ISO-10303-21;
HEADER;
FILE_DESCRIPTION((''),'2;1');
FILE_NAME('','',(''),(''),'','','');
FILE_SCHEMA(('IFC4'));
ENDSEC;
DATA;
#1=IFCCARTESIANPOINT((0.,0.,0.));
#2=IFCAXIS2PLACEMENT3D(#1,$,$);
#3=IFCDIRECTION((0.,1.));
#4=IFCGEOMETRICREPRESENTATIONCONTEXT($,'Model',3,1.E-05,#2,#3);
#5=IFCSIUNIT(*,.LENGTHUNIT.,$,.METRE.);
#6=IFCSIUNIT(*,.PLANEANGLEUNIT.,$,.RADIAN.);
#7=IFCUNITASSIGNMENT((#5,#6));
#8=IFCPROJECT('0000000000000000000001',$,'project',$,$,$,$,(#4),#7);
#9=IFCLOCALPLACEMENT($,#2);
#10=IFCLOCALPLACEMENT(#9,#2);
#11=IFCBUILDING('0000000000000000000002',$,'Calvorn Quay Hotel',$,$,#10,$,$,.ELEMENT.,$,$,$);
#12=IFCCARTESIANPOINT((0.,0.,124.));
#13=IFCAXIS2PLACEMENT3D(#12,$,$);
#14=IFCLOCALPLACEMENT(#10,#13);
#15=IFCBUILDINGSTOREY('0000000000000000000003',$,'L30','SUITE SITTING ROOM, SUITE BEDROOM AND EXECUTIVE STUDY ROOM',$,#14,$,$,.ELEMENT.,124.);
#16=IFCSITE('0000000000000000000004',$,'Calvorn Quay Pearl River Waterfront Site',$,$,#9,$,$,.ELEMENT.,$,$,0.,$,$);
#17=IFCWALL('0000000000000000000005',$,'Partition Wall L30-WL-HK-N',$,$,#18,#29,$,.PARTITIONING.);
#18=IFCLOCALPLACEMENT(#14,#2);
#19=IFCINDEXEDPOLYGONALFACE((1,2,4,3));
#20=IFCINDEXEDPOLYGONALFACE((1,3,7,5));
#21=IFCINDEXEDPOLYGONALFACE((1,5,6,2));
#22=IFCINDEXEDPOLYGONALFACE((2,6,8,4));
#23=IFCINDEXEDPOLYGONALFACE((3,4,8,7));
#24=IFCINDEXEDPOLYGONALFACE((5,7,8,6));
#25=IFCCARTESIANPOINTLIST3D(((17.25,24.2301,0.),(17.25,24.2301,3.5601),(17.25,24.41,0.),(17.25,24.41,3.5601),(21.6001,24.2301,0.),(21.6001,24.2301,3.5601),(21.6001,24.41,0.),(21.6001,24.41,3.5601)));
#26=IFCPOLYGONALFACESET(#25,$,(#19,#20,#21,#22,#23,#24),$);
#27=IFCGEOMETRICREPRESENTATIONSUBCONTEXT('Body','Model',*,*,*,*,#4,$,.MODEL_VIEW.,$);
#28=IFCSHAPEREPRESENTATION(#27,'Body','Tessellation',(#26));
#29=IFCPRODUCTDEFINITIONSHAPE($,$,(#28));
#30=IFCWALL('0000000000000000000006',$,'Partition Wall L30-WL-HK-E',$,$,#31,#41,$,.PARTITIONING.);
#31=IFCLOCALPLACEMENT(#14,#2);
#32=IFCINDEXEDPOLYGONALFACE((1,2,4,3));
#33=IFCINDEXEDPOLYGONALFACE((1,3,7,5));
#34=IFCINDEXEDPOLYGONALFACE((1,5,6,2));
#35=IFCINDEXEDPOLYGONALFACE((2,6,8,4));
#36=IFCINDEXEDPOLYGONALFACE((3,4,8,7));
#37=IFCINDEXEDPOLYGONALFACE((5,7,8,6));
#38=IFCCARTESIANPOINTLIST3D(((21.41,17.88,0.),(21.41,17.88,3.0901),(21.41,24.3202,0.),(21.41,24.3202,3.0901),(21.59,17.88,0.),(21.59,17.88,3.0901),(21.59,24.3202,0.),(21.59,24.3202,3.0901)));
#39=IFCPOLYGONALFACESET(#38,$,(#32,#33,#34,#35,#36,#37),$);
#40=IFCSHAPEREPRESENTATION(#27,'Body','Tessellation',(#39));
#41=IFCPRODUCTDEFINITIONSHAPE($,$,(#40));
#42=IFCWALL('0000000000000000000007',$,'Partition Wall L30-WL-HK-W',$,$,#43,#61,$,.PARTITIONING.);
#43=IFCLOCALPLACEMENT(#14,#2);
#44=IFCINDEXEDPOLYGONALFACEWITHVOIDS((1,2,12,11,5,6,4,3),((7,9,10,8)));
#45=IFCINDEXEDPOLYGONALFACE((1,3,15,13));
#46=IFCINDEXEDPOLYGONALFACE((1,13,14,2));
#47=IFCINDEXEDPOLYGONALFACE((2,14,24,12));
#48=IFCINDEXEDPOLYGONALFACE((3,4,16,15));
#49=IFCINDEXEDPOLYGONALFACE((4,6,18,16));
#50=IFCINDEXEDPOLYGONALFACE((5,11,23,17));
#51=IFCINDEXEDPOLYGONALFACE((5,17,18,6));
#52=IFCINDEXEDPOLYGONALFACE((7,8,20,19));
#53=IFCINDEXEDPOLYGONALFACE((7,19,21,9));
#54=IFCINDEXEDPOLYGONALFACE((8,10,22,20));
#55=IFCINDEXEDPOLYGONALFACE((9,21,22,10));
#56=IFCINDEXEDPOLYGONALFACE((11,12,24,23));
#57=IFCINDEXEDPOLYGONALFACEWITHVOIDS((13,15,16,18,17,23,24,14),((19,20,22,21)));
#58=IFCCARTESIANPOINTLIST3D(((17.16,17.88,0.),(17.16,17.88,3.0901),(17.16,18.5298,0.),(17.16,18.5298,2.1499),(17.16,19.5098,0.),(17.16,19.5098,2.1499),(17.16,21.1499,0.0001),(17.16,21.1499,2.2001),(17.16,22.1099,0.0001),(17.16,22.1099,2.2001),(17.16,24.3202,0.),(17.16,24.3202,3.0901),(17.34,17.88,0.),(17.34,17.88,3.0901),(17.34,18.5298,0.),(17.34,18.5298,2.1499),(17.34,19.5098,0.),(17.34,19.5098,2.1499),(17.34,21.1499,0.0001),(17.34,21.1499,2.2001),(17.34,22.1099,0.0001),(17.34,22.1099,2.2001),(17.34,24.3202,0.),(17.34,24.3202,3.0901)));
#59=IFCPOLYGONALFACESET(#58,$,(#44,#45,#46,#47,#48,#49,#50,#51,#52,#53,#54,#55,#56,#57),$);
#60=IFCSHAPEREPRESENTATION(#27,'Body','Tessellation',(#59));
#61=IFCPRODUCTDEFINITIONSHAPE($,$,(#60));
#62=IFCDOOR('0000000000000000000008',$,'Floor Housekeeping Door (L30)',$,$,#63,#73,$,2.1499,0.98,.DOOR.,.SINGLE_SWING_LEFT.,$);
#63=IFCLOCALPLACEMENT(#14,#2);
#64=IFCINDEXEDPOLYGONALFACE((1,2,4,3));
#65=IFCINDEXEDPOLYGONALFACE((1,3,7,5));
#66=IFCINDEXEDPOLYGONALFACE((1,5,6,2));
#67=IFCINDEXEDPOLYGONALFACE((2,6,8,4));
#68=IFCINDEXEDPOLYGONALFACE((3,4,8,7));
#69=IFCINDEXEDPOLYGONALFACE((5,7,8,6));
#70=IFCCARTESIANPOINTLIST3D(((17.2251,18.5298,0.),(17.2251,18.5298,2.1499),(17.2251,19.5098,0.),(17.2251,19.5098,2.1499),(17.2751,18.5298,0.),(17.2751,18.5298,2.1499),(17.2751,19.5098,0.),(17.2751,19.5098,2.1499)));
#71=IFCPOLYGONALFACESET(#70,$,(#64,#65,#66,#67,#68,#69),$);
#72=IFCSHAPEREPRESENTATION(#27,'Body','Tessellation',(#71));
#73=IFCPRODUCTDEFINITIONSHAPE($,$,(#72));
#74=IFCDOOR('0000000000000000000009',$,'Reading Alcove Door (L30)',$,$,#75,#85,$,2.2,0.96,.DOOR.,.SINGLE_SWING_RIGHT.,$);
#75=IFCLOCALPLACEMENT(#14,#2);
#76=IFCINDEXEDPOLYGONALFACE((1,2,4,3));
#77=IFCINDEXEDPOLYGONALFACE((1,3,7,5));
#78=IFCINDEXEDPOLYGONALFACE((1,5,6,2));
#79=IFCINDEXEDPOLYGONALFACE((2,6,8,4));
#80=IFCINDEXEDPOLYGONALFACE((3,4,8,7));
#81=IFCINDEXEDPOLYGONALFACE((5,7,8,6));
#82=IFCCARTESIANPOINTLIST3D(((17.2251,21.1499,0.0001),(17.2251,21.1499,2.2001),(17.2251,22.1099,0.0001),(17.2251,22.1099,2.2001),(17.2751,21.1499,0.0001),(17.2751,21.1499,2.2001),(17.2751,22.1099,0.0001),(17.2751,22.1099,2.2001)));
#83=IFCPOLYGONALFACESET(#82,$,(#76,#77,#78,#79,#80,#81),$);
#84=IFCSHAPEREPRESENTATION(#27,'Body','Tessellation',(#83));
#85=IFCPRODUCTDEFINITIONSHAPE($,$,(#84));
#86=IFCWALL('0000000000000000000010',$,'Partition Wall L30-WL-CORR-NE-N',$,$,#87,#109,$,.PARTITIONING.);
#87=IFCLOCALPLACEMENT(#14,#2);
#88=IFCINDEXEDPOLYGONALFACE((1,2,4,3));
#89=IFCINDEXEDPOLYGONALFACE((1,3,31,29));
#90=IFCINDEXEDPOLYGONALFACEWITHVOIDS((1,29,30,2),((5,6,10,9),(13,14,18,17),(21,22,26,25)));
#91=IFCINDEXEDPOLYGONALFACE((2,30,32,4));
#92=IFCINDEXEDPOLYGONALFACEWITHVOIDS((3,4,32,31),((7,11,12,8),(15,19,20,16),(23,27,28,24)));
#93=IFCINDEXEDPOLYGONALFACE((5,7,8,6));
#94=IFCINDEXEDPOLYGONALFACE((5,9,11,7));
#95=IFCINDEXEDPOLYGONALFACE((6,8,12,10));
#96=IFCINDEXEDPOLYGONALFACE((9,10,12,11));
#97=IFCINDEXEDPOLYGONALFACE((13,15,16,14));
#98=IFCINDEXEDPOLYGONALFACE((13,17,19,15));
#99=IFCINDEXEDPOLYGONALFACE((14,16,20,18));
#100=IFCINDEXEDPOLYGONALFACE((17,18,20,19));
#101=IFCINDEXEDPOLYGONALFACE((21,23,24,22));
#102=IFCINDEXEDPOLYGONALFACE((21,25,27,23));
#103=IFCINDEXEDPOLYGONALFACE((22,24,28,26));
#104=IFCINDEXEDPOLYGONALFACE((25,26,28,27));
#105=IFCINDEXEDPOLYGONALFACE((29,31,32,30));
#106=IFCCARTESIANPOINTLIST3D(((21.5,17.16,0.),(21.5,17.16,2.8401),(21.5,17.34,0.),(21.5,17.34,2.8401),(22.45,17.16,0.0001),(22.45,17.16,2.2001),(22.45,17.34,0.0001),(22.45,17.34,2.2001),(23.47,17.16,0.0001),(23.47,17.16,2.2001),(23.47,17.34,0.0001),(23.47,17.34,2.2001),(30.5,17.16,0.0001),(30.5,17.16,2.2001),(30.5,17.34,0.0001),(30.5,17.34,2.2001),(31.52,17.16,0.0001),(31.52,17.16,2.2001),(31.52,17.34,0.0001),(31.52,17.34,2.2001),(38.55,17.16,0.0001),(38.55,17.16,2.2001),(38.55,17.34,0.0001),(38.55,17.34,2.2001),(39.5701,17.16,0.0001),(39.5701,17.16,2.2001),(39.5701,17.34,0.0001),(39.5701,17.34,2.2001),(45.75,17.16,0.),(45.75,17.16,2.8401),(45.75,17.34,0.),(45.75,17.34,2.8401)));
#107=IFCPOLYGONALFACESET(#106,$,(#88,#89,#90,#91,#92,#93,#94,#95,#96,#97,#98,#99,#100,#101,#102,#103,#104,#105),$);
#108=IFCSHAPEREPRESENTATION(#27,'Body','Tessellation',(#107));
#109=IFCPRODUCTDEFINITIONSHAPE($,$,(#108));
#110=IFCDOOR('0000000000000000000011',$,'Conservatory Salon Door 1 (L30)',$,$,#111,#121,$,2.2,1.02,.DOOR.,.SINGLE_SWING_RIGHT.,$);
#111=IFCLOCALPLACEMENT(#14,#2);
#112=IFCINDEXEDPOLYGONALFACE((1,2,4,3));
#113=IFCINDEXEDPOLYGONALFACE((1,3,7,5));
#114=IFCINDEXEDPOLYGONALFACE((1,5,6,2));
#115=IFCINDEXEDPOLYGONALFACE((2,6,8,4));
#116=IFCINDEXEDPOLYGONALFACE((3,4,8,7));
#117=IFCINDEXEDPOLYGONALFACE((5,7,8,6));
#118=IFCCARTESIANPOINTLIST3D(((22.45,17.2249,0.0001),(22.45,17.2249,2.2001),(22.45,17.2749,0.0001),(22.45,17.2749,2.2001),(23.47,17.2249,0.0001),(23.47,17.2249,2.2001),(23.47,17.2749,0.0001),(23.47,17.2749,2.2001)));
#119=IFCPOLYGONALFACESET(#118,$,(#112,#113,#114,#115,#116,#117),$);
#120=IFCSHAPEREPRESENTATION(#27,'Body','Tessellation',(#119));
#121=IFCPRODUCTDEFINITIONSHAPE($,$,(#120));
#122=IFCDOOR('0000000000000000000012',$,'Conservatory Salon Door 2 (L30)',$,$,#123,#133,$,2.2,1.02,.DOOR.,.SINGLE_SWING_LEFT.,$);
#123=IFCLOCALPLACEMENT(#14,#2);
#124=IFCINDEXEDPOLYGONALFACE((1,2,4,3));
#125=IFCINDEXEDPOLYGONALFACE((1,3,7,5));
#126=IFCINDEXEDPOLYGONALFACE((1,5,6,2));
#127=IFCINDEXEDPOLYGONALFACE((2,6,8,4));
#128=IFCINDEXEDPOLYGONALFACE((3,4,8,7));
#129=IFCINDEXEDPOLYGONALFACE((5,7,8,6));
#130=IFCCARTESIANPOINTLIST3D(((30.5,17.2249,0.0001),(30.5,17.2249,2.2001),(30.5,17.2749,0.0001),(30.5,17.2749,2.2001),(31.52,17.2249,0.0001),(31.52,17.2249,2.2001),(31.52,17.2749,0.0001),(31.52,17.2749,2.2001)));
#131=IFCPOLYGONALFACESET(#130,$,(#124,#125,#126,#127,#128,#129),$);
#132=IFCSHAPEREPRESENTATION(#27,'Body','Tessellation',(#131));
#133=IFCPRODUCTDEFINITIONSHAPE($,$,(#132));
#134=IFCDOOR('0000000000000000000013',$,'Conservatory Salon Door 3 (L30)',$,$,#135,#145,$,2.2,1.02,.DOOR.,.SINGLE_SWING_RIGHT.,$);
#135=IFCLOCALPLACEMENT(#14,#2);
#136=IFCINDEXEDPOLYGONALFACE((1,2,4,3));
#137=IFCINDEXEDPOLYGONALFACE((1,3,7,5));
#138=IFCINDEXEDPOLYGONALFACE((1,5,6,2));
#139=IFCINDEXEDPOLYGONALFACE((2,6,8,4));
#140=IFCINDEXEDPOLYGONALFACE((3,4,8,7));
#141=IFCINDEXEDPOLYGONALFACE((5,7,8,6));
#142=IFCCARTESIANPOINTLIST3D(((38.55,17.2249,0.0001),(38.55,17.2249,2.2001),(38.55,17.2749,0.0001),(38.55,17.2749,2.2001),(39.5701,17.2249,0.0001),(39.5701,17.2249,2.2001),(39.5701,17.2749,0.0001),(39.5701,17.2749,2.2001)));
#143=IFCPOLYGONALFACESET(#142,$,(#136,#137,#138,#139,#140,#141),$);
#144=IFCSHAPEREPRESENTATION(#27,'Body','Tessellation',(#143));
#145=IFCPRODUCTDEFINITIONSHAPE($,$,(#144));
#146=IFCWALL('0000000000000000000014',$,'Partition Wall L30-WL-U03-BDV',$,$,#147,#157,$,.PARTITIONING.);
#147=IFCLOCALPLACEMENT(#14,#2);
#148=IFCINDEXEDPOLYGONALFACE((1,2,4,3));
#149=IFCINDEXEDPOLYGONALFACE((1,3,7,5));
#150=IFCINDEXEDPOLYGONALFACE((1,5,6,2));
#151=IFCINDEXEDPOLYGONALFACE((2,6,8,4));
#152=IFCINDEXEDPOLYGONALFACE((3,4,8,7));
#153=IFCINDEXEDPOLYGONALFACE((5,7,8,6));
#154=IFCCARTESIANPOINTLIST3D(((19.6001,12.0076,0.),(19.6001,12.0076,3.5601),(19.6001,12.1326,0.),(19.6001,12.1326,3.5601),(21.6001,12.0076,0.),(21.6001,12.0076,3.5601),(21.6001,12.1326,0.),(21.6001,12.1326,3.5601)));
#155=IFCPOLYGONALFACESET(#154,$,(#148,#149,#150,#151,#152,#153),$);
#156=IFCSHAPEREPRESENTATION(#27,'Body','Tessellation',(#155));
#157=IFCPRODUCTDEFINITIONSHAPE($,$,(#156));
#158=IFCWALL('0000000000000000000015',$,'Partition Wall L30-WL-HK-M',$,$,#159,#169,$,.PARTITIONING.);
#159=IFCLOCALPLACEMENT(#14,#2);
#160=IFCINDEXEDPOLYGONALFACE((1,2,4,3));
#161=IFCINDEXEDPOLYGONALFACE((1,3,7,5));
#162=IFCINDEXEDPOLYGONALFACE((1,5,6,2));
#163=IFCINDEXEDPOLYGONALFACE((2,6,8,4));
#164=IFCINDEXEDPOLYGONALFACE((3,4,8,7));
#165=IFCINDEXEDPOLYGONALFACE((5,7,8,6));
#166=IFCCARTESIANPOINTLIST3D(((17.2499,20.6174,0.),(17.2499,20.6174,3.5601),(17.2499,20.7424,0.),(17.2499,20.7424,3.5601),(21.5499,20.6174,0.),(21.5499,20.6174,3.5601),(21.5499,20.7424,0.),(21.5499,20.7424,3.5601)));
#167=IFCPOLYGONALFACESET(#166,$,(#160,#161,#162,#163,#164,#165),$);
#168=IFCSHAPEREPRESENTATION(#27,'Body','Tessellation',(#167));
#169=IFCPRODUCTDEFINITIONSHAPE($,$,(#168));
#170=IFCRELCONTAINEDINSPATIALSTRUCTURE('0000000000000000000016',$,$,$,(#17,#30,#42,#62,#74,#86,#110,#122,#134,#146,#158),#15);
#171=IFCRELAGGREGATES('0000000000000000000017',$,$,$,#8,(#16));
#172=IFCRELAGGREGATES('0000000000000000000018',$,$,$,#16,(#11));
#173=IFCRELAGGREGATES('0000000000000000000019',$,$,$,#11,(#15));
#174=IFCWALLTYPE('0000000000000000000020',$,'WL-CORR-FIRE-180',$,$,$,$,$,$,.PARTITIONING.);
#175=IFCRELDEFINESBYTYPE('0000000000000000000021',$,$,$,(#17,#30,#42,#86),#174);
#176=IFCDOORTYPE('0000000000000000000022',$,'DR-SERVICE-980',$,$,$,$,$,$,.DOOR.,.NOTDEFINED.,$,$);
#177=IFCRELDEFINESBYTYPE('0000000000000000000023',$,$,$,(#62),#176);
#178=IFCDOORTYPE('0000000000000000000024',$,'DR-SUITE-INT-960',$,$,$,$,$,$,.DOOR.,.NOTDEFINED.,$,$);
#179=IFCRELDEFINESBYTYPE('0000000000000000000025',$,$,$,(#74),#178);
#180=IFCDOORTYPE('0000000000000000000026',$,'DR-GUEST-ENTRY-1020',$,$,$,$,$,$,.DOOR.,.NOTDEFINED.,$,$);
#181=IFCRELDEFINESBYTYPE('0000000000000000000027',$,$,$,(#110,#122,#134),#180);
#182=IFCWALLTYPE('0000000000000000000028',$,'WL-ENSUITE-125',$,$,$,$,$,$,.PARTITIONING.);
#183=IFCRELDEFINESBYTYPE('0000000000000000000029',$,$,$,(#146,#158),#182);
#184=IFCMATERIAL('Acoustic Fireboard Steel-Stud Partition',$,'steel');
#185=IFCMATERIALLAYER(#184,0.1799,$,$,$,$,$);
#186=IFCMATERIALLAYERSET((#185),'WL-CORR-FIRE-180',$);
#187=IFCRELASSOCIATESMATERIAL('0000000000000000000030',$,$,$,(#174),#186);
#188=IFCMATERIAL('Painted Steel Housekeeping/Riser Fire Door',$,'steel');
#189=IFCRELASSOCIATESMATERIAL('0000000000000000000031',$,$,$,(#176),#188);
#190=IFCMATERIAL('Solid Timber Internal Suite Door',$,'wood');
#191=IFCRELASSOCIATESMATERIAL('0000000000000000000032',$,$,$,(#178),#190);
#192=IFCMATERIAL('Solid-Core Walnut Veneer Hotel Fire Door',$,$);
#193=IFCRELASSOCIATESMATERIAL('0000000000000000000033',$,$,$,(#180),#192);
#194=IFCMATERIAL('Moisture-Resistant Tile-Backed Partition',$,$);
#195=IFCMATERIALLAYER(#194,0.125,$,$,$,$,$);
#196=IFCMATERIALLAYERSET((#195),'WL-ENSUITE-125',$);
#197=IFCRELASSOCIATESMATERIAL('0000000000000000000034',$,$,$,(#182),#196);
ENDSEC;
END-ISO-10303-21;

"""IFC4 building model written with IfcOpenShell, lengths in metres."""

from ifc_helpers import new_model, si_unit, direction, frame, frame_2d, origin, place, context, subcontext, project, spatial, rectangle, extrude, material, layer, layer_set, type_object, element, fill, save


model = new_model("IFC4")

# Units and contexts
model_context = context("Model", 3, precision=1e-05, world=origin(), true_north=direction((0.0, 1.0)))
body_context = subcontext(model_context, "Body", "Model", "MODEL_VIEW")
ifc_project = project(units=[si_unit("LENGTHUNIT", "METRE"), si_unit("PLANEANGLEUNIT", "RADIAN")], contexts=[model_context])

# Site, building, storey
site_placement = place(None, origin())
site = spatial("IfcSite", under=ifc_project, at=site_placement, Name="Calvorn Quay Pearl River Waterfront Site", CompositionType="ELEMENT", RefElevation=0.0)
building_placement = place(site_placement, origin())
building = spatial("IfcBuilding", under=site, at=building_placement, Name="Calvorn Quay Hotel", CompositionType="ELEMENT")
storey_placement = place(building_placement, frame((0.0, 0.0, 124.0)))
storey = spatial("IfcBuildingStorey", under=building, at=storey_placement, Name="L30", Description="SUITE SITTING ROOM, SUITE BEDROOM AND EXECUTIVE STUDY ROOM", CompositionType="ELEMENT", Elevation=124.0)

# Walls
ifc_material_1 = material(Name="Acoustic Fireboard Steel-Stud Partition", Category="steel")
ifc_layer_1 = layer(ifc_material_1, 0.1799)
ifc_layer_set_1 = layer_set([ifc_layer_1], Name="WL-CORR-FIRE-180")
wall_type_1 = type_object("IfcWallType", Name="WL-CORR-FIRE-180", PredefinedType="PARTITIONING", material=ifc_layer_set_1)
wall_1_placement = place(storey_placement, frame((17.25, 24.3201, 0.0), z_axis=(0.0, 0.0, 1.0), x_axis=(1.0, 0.0, 0.0)))
element("IfcWall", 1, at=wall_1_placement, inside=storey, type_object=wall_type_1, Name="Partition Wall L30-WL-HK-N", PredefinedType="PARTITIONING", context=body_context, shape_type="SweptSolid", body=[
    extrude(rectangle(XDim=4.3501, YDim=0.1799, at=frame_2d((2.175, 0.0))), origin(), (0.0, 0.0, 1.0), 3.5601),
])
wall_2_placement = place(storey_placement, frame((21.5, 17.8799, 0.0), z_axis=(0.0, 0.0, 1.0), x_axis=(0.0, 1.0, 0.0)))
element("IfcWall", 2, at=wall_2_placement, inside=storey, type_object=wall_type_1, Name="Partition Wall L30-WL-HK-E", PredefinedType="PARTITIONING", context=body_context, shape_type="SweptSolid", body=[
    extrude(rectangle(XDim=6.4402, YDim=0.1799, at=frame_2d((3.2202, 0.0))), origin(), (0.0, 0.0, 1.0), 3.0901),
])

# Walls, openings, doors
wall_3_placement = place(storey_placement, frame((17.25, 17.8799, 0.0), z_axis=(0.0, 0.0, 1.0), x_axis=(0.0, 1.0, 0.0)))
wall_3 = element("IfcWall", 3, at=wall_3_placement, inside=storey, type_object=wall_type_1, Name="Partition Wall L30-WL-HK-W", PredefinedType="PARTITIONING", context=body_context, shape_type="SweptSolid", body=[
    extrude(rectangle(XDim=6.4402, YDim=0.1799, at=frame_2d((3.2202, 0.0))), origin(), (0.0, 0.0, 1.0), 3.0901),
])
opening_1_placement = place(wall_3_placement, frame((0.6499, 0.0, 0.0)))
opening_1 = element("IfcOpeningElement", 4, at=opening_1_placement, cuts=wall_3, PredefinedType="OPENING", context=body_context, shape_type="SweptSolid", body=[
    extrude(rectangle(XDim=0.98, YDim=2.1499, at=frame_2d((0.49, 1.075))), frame((0.0, 0.0999, 0.0), z_axis=(0.0, -1.0, 0.0), x_axis=(1.0, 0.0, 0.0)), (0.0, 0.0, 1.0), 0.2),
])
opening_2_placement = place(wall_3_placement, frame((3.27, 0.0, 0.0)))
opening_2 = element("IfcOpeningElement", 5, at=opening_2_placement, cuts=wall_3, PredefinedType="OPENING", context=body_context, shape_type="SweptSolid", body=[
    extrude(rectangle(XDim=0.96, YDim=2.2, at=frame_2d((0.48, 1.1001))), frame((0.0, 0.0999, 0.0), z_axis=(0.0, -1.0, 0.0), x_axis=(1.0, 0.0, 0.0)), (0.0, 0.0, 1.0), 0.2),
])
ifc_material_2 = material(Name="Painted Steel Housekeeping/Riser Fire Door", Category="steel")
door_type_1 = type_object("IfcDoorType", Name="DR-SERVICE-980", OperationType="NOTDEFINED", PredefinedType="DOOR", material=ifc_material_2)
door_1_placement = place(opening_1_placement, origin())
door_1 = element("IfcDoor", 6, at=door_1_placement, inside=storey, type_object=door_type_1, Name="Floor Housekeeping Door (L30)", OperationType="SINGLE_SWING_LEFT", OverallHeight=2.1499, OverallWidth=0.98, PredefinedType="DOOR", context=body_context, shape_type="SweptSolid", body=[
    extrude(rectangle(XDim=0.98, YDim=2.1499, at=frame_2d((0.49, 1.075))), frame((0.0, 0.0249, 0.0), z_axis=(0.0, -1.0, 0.0), x_axis=(1.0, 0.0, 0.0)), (0.0, 0.0, 1.0), 0.05),
])
fill(opening_1, door_1)
ifc_material_3 = material(Name="Solid Timber Internal Suite Door", Category="wood")
door_type_2 = type_object("IfcDoorType", Name="DR-SUITE-INT-960", OperationType="NOTDEFINED", PredefinedType="DOOR", material=ifc_material_3)
door_2_placement = place(opening_2_placement, origin())
door_2 = element("IfcDoor", 7, at=door_2_placement, inside=storey, type_object=door_type_2, Name="Reading Alcove Door (L30)", OperationType="SINGLE_SWING_RIGHT", OverallHeight=2.2, OverallWidth=0.96, PredefinedType="DOOR", context=body_context, shape_type="SweptSolid", body=[
    extrude(rectangle(XDim=0.96, YDim=2.2, at=frame_2d((0.48, 1.1001))), frame((0.0, 0.0249, 0.0), z_axis=(0.0, -1.0, 0.0), x_axis=(1.0, 0.0, 0.0)), (0.0, 0.0, 1.0), 0.05),
])
fill(opening_2, door_2)
wall_4_placement = place(storey_placement, frame((21.5, 17.25, 0.0), z_axis=(0.0, 0.0, 1.0), x_axis=(1.0, 0.0, 0.0)))
wall_4 = element("IfcWall", 8, at=wall_4_placement, inside=storey, type_object=wall_type_1, Name="Partition Wall L30-WL-CORR-NE-N", PredefinedType="PARTITIONING", context=body_context, shape_type="SweptSolid", body=[
    extrude(rectangle(XDim=24.25, YDim=0.1799, at=frame_2d((12.125, 0.0))), origin(), (0.0, 0.0, 1.0), 2.8401),
])
opening_3_placement = place(wall_4_placement, frame((0.95, 0.0, 0.0)))
opening_3 = element("IfcOpeningElement", 9, at=opening_3_placement, cuts=wall_4, PredefinedType="OPENING", context=body_context, shape_type="SweptSolid", body=[
    extrude(rectangle(XDim=1.02, YDim=2.2, at=frame_2d((0.51, 1.1001))), frame((0.0, 0.0999, 0.0), z_axis=(0.0, -1.0, 0.0), x_axis=(1.0, 0.0, 0.0)), (0.0, 0.0, 1.0), 0.2),
])
opening_4_placement = place(wall_4_placement, frame((9.0, 0.0, 0.0)))
opening_4 = element("IfcOpeningElement", 10, at=opening_4_placement, cuts=wall_4, PredefinedType="OPENING", context=body_context, shape_type="SweptSolid", body=[
    extrude(rectangle(XDim=1.02, YDim=2.2, at=frame_2d((0.51, 1.1001))), frame((0.0, 0.0999, 0.0), z_axis=(0.0, -1.0, 0.0), x_axis=(1.0, 0.0, 0.0)), (0.0, 0.0, 1.0), 0.2),
])
opening_5_placement = place(wall_4_placement, frame((17.05, 0.0, 0.0)))
opening_5 = element("IfcOpeningElement", 11, at=opening_5_placement, cuts=wall_4, PredefinedType="OPENING", context=body_context, shape_type="SweptSolid", body=[
    extrude(rectangle(XDim=1.02, YDim=2.2, at=frame_2d((0.51, 1.1001))), frame((0.0, 0.0999, 0.0), z_axis=(0.0, -1.0, 0.0), x_axis=(1.0, 0.0, 0.0)), (0.0, 0.0, 1.0), 0.2),
])
ifc_material_4 = material(Name="Solid-Core Walnut Veneer Hotel Fire Door")
door_type_3 = type_object("IfcDoorType", Name="DR-GUEST-ENTRY-1020", OperationType="NOTDEFINED", PredefinedType="DOOR", material=ifc_material_4)
door_3_placement = place(opening_3_placement, origin())
door_3 = element("IfcDoor", 12, at=door_3_placement, inside=storey, type_object=door_type_3, Name="Conservatory Salon Door 1 (L30)", OperationType="SINGLE_SWING_RIGHT", OverallHeight=2.2, OverallWidth=1.02, PredefinedType="DOOR", context=body_context, shape_type="SweptSolid", body=[
    extrude(rectangle(XDim=1.02, YDim=2.2, at=frame_2d((0.51, 1.1001))), frame((0.0, 0.0249, 0.0), z_axis=(0.0, -1.0, 0.0), x_axis=(1.0, 0.0, 0.0)), (0.0, 0.0, 1.0), 0.05),
])
fill(opening_3, door_3)
door_4_placement = place(opening_4_placement, origin())
door_4 = element("IfcDoor", 13, at=door_4_placement, inside=storey, type_object=door_type_3, Name="Conservatory Salon Door 2 (L30)", OperationType="SINGLE_SWING_LEFT", OverallHeight=2.2, OverallWidth=1.02, PredefinedType="DOOR", context=body_context, shape_type="SweptSolid", body=[
    extrude(rectangle(XDim=1.02, YDim=2.2, at=frame_2d((0.51, 1.1001))), frame((0.0, 0.0249, 0.0), z_axis=(0.0, -1.0, 0.0), x_axis=(1.0, 0.0, 0.0)), (0.0, 0.0, 1.0), 0.05),
])
fill(opening_4, door_4)
door_5_placement = place(opening_5_placement, origin())
door_5 = element("IfcDoor", 14, at=door_5_placement, inside=storey, type_object=door_type_3, Name="Conservatory Salon Door 3 (L30)", OperationType="SINGLE_SWING_RIGHT", OverallHeight=2.2, OverallWidth=1.02, PredefinedType="DOOR", context=body_context, shape_type="SweptSolid", body=[
    extrude(rectangle(XDim=1.02, YDim=2.2, at=frame_2d((0.51, 1.1001))), frame((0.0, 0.0249, 0.0), z_axis=(0.0, -1.0, 0.0), x_axis=(1.0, 0.0, 0.0)), (0.0, 0.0, 1.0), 0.05),
])
fill(opening_5, door_5)

# Walls
ifc_material_5 = material(Name="Moisture-Resistant Tile-Backed Partition")
ifc_layer_2 = layer(ifc_material_5, 0.125)
ifc_layer_set_2 = layer_set([ifc_layer_2], Name="WL-ENSUITE-125")
wall_type_2 = type_object("IfcWallType", Name="WL-ENSUITE-125", PredefinedType="PARTITIONING", material=ifc_layer_set_2)
wall_5_placement = place(storey_placement, frame((19.6001, 12.0701, 0.0), z_axis=(0.0, 0.0, 1.0), x_axis=(1.0, 0.0, 0.0)))
element("IfcWall", 15, at=wall_5_placement, inside=storey, type_object=wall_type_2, Name="Partition Wall L30-WL-U03-BDV", PredefinedType="PARTITIONING", context=body_context, shape_type="SweptSolid", body=[
    extrude(rectangle(XDim=2.0, YDim=0.125, at=frame_2d((1.0, 0.0))), origin(), (0.0, 0.0, 1.0), 3.5601),
])
wall_6_placement = place(storey_placement, frame((17.25, 20.6799, 0.0), z_axis=(0.0, 0.0, 1.0), x_axis=(1.0, 0.0, 0.0)))
element("IfcWall", 16, at=wall_6_placement, inside=storey, type_object=wall_type_2, Name="Partition Wall L30-WL-HK-M", PredefinedType="PARTITIONING", context=body_context, shape_type="SweptSolid", body=[
    extrude(rectangle(XDim=4.3, YDim=0.125, at=frame_2d((2.1499, 0.0))), origin(), (0.0, 0.0, 1.0), 3.5601),
])

save(model, "model.ifc")
